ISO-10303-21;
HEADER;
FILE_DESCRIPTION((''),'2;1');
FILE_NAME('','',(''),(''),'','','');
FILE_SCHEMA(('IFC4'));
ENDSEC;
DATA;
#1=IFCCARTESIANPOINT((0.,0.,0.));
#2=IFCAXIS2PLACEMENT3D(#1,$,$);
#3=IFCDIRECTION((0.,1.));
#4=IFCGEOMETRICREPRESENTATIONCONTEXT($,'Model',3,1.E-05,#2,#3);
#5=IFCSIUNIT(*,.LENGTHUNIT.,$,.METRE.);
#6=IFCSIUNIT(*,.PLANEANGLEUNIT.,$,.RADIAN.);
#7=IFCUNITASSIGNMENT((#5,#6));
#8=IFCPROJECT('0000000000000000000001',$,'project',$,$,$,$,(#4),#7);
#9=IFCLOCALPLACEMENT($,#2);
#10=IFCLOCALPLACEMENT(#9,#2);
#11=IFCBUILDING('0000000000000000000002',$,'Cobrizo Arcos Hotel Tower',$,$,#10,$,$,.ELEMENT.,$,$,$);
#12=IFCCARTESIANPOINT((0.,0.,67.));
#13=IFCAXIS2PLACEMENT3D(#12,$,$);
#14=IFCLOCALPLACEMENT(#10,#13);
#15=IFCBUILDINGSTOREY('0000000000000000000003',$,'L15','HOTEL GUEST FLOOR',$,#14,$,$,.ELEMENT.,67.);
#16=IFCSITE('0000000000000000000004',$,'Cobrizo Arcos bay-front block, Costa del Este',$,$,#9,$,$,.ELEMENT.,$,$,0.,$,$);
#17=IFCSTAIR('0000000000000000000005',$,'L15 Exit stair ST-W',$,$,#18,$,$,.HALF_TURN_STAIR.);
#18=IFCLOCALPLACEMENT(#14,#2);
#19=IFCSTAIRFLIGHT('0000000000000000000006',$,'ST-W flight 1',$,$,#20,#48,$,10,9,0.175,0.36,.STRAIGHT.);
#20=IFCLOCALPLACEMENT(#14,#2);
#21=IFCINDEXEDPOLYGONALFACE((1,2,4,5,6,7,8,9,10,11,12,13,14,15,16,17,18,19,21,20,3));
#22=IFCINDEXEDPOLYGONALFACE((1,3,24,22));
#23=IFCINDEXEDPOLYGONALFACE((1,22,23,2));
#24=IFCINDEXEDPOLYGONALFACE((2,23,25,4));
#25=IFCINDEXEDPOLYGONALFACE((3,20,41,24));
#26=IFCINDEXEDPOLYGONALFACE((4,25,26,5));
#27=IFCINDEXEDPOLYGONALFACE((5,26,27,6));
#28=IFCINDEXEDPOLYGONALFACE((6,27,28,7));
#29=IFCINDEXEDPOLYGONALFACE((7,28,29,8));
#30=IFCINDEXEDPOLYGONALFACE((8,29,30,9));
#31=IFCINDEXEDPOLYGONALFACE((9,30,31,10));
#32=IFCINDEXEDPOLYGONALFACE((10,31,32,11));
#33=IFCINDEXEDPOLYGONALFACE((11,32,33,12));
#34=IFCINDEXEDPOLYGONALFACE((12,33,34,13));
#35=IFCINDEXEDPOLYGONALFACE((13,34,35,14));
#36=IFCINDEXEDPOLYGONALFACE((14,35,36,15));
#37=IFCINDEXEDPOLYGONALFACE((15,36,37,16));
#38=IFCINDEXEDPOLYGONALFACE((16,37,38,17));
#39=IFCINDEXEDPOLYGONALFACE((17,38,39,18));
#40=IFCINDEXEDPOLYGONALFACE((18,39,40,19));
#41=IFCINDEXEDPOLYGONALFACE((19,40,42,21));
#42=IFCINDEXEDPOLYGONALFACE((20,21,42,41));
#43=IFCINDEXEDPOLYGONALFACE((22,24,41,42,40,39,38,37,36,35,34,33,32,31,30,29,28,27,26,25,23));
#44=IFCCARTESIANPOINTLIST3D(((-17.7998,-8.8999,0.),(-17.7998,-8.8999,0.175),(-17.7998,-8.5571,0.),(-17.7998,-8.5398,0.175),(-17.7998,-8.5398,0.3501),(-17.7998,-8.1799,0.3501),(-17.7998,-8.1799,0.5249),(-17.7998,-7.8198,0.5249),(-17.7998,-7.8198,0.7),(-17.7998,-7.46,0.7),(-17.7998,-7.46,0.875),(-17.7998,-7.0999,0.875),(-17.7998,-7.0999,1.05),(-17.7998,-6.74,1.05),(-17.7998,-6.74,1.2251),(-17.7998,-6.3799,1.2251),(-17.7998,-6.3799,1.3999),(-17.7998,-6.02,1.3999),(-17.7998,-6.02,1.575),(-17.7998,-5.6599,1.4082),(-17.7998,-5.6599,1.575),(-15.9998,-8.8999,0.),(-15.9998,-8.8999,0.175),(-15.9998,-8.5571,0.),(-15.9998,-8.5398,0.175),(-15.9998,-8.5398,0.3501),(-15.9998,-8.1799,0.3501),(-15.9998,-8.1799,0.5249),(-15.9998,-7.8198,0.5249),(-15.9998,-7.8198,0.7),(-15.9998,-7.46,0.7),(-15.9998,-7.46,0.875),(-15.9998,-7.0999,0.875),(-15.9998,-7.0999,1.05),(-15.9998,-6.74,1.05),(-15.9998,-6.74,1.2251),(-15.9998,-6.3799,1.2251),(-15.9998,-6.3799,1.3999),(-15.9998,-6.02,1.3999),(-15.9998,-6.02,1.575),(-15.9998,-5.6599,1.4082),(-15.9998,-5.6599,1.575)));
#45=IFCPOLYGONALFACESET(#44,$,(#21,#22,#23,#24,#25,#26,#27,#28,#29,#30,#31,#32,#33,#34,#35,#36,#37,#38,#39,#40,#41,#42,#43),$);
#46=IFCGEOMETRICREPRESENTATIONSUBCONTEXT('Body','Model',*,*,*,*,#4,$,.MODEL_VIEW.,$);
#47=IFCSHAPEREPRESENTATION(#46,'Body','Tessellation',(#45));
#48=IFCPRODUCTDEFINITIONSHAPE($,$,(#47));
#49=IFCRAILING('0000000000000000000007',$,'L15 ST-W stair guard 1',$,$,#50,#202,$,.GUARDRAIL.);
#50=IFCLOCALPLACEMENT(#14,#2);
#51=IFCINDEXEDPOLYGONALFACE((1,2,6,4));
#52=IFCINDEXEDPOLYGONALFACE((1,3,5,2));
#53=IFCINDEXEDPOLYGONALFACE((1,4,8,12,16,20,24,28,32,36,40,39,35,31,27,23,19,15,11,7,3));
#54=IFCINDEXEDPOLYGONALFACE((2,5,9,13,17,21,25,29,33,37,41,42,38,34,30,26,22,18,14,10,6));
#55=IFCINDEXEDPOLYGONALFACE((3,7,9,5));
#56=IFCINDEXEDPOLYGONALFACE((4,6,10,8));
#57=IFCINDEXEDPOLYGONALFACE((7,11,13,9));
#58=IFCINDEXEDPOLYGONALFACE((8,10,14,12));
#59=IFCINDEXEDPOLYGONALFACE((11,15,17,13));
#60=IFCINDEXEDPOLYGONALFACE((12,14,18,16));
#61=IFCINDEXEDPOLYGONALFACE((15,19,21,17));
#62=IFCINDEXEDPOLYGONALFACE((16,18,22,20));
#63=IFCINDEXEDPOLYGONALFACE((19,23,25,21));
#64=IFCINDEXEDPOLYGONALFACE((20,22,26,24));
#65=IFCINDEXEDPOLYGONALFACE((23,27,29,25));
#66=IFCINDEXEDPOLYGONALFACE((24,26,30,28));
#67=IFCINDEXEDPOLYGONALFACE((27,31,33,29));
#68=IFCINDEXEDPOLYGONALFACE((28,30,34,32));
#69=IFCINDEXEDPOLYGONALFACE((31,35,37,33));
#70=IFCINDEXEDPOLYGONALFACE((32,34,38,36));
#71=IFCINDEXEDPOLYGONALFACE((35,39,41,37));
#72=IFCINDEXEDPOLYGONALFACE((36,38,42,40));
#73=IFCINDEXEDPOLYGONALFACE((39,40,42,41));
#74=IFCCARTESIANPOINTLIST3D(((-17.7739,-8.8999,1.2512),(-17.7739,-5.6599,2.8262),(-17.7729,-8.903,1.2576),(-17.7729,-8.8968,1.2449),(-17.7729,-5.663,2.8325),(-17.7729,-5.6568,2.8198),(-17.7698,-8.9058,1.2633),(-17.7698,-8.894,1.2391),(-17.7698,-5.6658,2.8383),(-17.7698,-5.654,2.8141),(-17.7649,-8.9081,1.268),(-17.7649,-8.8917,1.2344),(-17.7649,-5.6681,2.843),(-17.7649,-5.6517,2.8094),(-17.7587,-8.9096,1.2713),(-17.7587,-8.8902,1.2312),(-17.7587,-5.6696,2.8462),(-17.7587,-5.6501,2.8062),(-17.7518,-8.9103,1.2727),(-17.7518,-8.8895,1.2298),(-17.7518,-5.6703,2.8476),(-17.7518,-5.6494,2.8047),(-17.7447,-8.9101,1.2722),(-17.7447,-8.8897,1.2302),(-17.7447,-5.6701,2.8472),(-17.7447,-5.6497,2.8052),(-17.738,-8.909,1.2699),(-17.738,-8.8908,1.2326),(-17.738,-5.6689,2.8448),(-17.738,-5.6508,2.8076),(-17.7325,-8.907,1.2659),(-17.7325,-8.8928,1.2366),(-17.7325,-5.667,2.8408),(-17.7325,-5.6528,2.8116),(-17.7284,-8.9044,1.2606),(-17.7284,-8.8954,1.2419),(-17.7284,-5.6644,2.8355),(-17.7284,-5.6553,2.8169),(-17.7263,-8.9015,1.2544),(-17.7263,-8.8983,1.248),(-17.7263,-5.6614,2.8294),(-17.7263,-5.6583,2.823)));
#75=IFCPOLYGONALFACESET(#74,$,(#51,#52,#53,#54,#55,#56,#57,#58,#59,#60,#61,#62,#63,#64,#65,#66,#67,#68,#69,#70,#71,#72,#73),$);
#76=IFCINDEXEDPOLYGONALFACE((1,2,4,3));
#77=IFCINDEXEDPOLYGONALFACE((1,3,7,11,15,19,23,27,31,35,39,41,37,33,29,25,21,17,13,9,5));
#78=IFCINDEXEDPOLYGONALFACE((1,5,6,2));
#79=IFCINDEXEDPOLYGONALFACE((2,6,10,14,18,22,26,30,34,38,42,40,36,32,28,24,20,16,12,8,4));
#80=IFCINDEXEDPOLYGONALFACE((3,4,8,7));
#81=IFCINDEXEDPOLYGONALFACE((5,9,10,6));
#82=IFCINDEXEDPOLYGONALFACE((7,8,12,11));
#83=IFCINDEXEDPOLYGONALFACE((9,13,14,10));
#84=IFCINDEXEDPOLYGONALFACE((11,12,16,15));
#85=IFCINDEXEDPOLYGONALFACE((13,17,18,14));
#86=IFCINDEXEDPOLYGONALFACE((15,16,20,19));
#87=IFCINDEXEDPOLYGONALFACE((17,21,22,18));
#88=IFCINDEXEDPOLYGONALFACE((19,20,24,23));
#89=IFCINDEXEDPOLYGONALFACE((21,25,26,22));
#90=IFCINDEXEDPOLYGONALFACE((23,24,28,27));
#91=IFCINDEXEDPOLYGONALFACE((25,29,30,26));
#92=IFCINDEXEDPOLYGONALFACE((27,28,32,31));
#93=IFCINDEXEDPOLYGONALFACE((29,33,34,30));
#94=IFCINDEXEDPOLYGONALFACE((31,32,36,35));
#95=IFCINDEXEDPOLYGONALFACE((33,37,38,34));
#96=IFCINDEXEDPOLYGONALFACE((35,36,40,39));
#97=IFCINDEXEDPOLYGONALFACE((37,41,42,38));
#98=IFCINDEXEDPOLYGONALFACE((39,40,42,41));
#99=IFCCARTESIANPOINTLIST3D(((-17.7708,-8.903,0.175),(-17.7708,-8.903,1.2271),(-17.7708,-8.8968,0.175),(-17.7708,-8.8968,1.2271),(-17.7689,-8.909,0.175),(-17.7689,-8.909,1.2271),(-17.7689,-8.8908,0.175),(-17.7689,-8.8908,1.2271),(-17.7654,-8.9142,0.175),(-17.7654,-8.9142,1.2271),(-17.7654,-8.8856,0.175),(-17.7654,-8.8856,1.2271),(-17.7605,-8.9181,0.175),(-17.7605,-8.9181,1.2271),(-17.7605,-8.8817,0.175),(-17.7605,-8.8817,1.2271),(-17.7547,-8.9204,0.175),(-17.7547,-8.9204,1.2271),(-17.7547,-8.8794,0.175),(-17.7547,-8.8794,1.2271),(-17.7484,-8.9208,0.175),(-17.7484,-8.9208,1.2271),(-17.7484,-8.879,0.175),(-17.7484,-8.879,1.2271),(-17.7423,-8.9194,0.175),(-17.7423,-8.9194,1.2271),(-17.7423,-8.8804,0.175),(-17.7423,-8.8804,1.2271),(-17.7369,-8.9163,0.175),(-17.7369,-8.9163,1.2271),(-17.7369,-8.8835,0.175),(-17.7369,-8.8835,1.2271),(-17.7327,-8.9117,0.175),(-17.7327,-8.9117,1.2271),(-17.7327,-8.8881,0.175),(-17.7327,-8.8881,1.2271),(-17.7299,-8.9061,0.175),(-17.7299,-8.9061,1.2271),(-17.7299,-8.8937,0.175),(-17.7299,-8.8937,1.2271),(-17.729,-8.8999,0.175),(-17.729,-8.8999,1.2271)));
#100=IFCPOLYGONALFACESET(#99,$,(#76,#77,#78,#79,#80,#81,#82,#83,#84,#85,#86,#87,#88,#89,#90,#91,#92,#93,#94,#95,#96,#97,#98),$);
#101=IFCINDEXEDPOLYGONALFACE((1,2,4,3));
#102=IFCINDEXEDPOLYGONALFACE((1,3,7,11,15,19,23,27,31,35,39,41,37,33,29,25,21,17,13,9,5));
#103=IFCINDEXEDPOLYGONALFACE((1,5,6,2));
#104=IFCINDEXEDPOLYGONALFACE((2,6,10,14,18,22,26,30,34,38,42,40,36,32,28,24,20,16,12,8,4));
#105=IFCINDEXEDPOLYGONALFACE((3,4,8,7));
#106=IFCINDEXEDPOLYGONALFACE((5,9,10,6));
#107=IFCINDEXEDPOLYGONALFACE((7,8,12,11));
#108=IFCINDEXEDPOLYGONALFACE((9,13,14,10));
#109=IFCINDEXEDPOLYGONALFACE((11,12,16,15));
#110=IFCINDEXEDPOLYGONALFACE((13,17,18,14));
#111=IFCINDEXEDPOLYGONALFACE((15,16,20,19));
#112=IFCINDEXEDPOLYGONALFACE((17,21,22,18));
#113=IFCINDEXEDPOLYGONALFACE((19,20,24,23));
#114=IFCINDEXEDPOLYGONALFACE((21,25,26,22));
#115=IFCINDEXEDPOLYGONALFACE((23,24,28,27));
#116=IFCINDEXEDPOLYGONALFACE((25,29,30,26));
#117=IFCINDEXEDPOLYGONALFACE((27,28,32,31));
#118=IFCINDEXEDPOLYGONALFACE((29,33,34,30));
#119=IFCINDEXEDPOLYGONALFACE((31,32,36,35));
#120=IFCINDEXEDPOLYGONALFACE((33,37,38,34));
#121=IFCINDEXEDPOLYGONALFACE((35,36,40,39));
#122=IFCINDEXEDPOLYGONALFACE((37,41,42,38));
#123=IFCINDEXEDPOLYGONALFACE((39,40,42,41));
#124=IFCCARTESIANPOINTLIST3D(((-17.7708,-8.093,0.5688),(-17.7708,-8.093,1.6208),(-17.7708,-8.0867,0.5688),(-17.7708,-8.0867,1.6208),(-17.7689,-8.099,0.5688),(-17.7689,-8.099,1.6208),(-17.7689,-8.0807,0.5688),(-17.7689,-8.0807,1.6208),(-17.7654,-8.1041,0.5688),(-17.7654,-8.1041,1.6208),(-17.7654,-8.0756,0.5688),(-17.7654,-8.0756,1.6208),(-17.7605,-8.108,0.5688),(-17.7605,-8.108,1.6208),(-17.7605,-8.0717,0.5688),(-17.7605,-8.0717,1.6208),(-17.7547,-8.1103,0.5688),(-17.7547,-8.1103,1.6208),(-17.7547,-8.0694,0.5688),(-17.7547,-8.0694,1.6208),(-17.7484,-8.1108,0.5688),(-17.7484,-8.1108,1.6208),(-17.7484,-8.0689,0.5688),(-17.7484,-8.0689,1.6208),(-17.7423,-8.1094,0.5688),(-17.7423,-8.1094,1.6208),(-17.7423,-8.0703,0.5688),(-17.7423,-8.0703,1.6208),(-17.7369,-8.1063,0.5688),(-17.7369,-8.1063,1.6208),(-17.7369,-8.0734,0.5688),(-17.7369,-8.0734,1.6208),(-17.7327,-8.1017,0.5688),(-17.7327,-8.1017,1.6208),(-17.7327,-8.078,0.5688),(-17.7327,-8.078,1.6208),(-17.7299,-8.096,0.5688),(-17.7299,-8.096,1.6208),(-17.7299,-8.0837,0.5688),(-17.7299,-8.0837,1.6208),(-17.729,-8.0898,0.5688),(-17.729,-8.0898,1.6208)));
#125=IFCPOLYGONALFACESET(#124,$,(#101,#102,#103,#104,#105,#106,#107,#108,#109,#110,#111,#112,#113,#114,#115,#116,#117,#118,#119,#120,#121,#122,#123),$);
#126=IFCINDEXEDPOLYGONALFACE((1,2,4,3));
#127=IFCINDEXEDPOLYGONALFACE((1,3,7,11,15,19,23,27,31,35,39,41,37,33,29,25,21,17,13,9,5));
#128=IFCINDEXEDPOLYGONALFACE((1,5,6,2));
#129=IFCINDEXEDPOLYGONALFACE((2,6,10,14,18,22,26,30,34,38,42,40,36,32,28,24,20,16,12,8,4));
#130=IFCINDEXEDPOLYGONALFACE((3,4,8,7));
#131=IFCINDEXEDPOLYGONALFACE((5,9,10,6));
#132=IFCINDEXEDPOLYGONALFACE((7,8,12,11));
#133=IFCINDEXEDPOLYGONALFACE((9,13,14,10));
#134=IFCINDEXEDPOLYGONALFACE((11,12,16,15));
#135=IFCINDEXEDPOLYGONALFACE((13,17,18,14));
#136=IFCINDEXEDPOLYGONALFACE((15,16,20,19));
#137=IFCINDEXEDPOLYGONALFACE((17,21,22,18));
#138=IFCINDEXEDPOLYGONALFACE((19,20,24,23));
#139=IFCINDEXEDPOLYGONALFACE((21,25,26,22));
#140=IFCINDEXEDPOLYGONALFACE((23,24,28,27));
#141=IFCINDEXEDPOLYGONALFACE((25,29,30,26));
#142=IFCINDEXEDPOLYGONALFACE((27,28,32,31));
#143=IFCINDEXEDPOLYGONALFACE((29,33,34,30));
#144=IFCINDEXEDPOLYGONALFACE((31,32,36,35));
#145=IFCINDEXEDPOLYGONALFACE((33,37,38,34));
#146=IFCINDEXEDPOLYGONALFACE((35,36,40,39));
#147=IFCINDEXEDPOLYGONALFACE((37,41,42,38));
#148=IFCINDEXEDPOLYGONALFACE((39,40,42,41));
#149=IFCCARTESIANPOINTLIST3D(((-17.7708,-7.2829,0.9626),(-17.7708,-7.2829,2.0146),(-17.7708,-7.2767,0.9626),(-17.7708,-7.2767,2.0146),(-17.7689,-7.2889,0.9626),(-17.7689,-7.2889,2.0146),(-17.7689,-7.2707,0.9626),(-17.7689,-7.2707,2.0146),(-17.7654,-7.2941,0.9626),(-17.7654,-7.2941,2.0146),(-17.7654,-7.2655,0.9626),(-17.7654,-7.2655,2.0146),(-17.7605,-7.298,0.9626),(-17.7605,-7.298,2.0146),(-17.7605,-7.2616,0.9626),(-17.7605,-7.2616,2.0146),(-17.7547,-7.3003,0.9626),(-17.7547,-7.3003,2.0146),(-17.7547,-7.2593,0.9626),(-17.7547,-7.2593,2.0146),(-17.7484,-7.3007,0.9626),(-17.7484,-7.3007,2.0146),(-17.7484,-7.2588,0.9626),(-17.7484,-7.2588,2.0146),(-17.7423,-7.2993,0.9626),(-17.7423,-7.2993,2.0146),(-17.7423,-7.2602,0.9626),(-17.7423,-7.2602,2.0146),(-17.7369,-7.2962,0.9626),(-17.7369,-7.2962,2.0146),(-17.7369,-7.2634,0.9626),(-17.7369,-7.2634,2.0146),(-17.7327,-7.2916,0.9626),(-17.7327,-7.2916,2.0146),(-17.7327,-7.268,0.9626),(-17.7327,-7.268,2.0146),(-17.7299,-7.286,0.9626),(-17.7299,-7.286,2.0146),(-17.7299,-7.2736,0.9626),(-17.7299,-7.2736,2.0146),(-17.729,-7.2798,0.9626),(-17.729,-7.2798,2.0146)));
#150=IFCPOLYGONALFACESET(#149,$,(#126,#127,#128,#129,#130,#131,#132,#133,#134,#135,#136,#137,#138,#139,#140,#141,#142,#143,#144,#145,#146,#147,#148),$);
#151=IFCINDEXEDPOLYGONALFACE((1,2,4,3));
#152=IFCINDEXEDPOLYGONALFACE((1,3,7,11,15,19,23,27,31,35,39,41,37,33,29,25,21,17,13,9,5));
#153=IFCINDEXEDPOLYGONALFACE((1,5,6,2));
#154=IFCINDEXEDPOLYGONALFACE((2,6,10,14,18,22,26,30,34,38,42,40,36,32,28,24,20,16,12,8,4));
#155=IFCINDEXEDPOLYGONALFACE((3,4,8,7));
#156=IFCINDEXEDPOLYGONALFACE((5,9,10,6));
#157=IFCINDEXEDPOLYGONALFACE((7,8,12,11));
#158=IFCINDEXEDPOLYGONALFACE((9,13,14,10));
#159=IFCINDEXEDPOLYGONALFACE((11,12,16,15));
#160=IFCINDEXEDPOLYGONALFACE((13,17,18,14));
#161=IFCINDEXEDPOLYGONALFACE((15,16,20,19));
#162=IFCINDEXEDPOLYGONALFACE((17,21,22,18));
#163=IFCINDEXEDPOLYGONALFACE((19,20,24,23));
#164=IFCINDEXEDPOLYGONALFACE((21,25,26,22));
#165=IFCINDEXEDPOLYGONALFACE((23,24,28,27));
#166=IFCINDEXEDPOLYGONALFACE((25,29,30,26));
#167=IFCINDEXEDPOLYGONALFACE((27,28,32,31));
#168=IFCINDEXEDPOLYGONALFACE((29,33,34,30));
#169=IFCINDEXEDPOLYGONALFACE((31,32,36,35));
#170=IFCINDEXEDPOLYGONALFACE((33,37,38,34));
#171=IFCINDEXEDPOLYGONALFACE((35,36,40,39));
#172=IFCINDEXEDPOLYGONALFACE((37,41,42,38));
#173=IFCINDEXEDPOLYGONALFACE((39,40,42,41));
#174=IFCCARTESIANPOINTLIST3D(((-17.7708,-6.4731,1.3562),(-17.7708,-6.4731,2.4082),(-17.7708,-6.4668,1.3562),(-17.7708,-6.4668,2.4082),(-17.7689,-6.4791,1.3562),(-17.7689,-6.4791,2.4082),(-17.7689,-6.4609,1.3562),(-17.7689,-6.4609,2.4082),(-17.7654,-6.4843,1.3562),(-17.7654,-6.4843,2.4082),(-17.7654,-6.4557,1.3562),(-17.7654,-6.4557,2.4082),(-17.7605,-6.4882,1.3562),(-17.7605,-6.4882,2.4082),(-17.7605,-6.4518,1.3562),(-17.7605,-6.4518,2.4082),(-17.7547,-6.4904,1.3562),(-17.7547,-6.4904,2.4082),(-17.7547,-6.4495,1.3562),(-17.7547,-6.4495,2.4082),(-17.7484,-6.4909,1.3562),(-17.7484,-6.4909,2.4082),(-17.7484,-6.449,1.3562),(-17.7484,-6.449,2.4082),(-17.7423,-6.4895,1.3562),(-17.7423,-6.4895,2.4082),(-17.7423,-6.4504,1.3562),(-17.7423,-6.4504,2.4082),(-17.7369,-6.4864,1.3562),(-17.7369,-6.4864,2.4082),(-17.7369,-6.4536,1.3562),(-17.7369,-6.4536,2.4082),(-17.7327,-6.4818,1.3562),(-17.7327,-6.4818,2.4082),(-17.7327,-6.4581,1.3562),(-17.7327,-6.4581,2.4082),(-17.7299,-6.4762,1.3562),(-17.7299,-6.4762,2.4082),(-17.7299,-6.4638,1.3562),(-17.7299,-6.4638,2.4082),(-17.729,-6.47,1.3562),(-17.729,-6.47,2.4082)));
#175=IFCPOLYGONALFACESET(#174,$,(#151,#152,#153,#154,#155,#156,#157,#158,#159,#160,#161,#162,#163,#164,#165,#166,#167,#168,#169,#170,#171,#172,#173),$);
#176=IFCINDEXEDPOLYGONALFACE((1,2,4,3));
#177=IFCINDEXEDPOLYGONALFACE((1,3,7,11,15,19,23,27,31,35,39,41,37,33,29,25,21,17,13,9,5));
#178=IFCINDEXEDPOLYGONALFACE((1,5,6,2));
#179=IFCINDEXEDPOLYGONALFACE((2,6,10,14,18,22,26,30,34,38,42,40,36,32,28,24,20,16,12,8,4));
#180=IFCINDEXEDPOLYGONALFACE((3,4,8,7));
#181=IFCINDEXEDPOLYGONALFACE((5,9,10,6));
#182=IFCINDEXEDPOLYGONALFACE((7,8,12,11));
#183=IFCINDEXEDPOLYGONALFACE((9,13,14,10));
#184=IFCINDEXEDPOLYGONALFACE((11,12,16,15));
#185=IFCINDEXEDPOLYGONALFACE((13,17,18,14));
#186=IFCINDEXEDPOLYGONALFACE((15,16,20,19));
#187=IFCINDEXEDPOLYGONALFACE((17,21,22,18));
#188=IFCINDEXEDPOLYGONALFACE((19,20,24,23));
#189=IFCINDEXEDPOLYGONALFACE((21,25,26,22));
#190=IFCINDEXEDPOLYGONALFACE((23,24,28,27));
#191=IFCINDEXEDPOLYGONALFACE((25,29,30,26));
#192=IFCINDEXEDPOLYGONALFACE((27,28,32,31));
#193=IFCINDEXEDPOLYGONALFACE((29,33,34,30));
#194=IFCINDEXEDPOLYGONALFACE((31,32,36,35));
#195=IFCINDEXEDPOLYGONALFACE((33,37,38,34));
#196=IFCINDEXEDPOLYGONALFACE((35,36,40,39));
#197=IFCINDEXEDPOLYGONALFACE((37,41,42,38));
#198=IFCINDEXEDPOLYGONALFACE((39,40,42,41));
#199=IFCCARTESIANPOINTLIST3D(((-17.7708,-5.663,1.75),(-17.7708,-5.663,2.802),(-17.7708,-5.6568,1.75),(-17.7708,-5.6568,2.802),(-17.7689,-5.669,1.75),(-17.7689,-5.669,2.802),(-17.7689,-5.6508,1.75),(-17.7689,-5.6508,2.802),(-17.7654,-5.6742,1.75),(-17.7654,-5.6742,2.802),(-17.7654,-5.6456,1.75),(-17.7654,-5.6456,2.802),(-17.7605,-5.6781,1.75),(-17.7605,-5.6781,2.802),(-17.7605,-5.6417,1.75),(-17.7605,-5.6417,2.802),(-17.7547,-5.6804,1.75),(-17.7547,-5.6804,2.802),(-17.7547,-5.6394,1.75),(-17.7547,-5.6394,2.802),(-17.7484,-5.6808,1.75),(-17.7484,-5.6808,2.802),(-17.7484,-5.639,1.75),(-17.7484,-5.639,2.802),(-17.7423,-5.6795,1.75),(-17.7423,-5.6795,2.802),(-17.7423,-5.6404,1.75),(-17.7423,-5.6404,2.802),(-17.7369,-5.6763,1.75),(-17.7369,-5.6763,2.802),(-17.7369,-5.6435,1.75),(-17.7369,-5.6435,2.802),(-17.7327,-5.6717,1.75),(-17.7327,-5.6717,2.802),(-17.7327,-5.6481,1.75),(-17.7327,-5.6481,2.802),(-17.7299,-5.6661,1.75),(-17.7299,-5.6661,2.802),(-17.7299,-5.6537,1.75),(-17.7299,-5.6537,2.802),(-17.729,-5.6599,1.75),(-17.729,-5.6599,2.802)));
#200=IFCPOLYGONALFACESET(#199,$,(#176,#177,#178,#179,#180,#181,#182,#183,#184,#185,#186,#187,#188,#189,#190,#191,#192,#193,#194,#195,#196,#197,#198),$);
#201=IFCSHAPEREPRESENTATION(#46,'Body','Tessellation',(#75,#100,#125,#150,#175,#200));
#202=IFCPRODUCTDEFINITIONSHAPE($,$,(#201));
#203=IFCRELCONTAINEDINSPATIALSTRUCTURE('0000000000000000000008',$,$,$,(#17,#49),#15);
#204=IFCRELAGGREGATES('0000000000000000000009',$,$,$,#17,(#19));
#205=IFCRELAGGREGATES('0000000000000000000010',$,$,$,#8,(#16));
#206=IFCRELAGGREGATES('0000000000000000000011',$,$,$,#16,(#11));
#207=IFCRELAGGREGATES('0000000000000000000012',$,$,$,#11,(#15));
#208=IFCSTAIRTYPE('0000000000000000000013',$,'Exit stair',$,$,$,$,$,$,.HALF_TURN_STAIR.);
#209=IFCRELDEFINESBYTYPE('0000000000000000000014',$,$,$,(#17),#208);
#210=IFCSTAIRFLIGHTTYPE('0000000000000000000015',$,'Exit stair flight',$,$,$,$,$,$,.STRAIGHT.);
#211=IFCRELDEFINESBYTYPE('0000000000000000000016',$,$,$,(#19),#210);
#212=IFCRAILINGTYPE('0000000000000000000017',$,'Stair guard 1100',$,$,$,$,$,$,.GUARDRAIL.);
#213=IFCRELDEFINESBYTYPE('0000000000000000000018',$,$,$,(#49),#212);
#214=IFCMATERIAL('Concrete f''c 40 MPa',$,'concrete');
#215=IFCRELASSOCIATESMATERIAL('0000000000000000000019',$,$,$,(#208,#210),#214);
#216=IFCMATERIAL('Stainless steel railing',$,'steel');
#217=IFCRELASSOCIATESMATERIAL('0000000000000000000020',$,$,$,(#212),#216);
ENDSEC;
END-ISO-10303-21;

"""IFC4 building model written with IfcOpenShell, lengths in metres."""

from ifc_helpers import new_model, si_unit, direction, frame, origin, origin_2d, place, context, subcontext, project, spatial, polyline, circle, outline, extrude, material, type_object, element, aggregate, save


model = new_model("IFC4")

# Units and contexts
model_context = context("Model", 3, precision=1e-05, world=origin(), true_north=direction((0.0, 1.0)))
body_context = subcontext(model_context, "Body", "Model", "MODEL_VIEW")
ifc_project = project(units=[si_unit("LENGTHUNIT", "METRE"), si_unit("PLANEANGLEUNIT", "RADIAN")], contexts=[model_context])

# Site, building, storey
site_placement = place(None, origin())
site = spatial("IfcSite", under=ifc_project, at=site_placement, Name="Cobrizo Arcos bay-front block, Costa del Este", CompositionType="ELEMENT", RefElevation=0.0)
building_placement = place(site_placement, origin())
building = spatial("IfcBuilding", under=site, at=building_placement, Name="Cobrizo Arcos Hotel Tower", CompositionType="ELEMENT")
storey_placement = place(building_placement, frame((0.0, 0.0, 67.0)))
storey = spatial("IfcBuildingStorey", under=building, at=storey_placement, Name="L15", Description="HOTEL GUEST FLOOR", CompositionType="ELEMENT", Elevation=67.0)

# Stair, stair flight
ifc_material_1 = material(Name="Concrete f'c 40 MPa", Category="concrete")
stair_type = type_object("IfcStairType", Name="Exit stair", PredefinedType="HALF_TURN_STAIR", material=ifc_material_1)
stair_placement = place(storey_placement, origin())
stair = element("IfcStair", 1, at=stair_placement, inside=storey, type_object=stair_type, Name="L15 Exit stair ST-W", PredefinedType="HALF_TURN_STAIR")
stair_flight_type = type_object("IfcStairFlightType", Name="Exit stair flight", PredefinedType="STRAIGHT", material=ifc_material_1)
stair_flight_placement = place(storey_placement, frame((-16.8999, -8.8999, 0.0), z_axis=(0.0, 0.0, 1.0), x_axis=(0.0, 1.0, 0.0)))
stair_flight = element("IfcStairFlight", 2, at=stair_flight_placement, type_object=stair_flight_type, Name="ST-W flight 1", NumberOfRisers=10, NumberOfTreads=9, PredefinedType="STRAIGHT", RiserHeight=0.175, TreadLength=0.36, context=body_context, shape_type="SweptSolid", body=[
    extrude(outline(polyline([(0.0, 0.0), (0.0, 0.175), (0.3601, 0.175), (0.3601, 0.3501), (0.72, 0.3501), (0.72, 0.5249), (1.0801, 0.5249), (1.0801, 0.7), (1.4399, 0.7), (1.4399, 0.875), (1.8, 0.875), (1.8, 1.05), (2.1599, 1.05), (2.1599, 1.2251), (2.52, 1.2251), (2.52, 1.3999), (2.8799, 1.3999), (2.8799, 1.575), (3.24, 1.575), (3.24, 1.75), (3.24, 1.4082), (0.3428, 0.0), (0.0, 0.0)])), frame((0.0, 0.8999, 0.0), z_axis=(0.0, -1.0, 0.0), x_axis=(1.0, 0.0, 0.0)), (0.0, 0.0, 1.0), 1.8),
])
aggregate(stair, [stair_flight])

# Railing
ifc_material_2 = material(Name="Stainless steel railing", Category="steel")
railing_type = type_object("IfcRailingType", Name="Stair guard 1100", PredefinedType="GUARDRAIL", material=ifc_material_2)
railing_placement = place(storey_placement, frame((-17.75, -8.8999, 0.175)))
element("IfcRailing", 3, at=railing_placement, inside=storey, type_object=railing_type, Name="L15 ST-W stair guard 1", PredefinedType="GUARDRAIL", context=body_context, shape_type="SweptSolid", body=[
    extrude(circle(Radius=0.0239, at=origin_2d()), frame((0.0, 0.0, 1.0762), z_axis=(0.0, 0.899373, 0.437183), x_axis=(-1.0, 0.0, 0.0)), (0.0, 0.0, 1.0), 3.6025),
    extrude(circle(Radius=0.021, at=origin_2d()), origin(), (0.0, 0.0, 1.0), 1.052),
    extrude(circle(Radius=0.021, at=origin_2d()), frame((0.0, 0.8101, 0.3938)), (0.0, 0.0, 1.0), 1.052),
    extrude(circle(Radius=0.021, at=origin_2d()), frame((0.0, 1.6201, 0.7876)), (0.0, 0.0, 1.0), 1.052),
    extrude(circle(Radius=0.021, at=origin_2d()), frame((0.0, 2.4299, 1.1812)), (0.0, 0.0, 1.0), 1.052),
    extrude(circle(Radius=0.021, at=origin_2d()), frame((0.0, 3.24, 1.575)), (0.0, 0.0, 1.0), 1.052),
])

save(model, "model.ifc")
